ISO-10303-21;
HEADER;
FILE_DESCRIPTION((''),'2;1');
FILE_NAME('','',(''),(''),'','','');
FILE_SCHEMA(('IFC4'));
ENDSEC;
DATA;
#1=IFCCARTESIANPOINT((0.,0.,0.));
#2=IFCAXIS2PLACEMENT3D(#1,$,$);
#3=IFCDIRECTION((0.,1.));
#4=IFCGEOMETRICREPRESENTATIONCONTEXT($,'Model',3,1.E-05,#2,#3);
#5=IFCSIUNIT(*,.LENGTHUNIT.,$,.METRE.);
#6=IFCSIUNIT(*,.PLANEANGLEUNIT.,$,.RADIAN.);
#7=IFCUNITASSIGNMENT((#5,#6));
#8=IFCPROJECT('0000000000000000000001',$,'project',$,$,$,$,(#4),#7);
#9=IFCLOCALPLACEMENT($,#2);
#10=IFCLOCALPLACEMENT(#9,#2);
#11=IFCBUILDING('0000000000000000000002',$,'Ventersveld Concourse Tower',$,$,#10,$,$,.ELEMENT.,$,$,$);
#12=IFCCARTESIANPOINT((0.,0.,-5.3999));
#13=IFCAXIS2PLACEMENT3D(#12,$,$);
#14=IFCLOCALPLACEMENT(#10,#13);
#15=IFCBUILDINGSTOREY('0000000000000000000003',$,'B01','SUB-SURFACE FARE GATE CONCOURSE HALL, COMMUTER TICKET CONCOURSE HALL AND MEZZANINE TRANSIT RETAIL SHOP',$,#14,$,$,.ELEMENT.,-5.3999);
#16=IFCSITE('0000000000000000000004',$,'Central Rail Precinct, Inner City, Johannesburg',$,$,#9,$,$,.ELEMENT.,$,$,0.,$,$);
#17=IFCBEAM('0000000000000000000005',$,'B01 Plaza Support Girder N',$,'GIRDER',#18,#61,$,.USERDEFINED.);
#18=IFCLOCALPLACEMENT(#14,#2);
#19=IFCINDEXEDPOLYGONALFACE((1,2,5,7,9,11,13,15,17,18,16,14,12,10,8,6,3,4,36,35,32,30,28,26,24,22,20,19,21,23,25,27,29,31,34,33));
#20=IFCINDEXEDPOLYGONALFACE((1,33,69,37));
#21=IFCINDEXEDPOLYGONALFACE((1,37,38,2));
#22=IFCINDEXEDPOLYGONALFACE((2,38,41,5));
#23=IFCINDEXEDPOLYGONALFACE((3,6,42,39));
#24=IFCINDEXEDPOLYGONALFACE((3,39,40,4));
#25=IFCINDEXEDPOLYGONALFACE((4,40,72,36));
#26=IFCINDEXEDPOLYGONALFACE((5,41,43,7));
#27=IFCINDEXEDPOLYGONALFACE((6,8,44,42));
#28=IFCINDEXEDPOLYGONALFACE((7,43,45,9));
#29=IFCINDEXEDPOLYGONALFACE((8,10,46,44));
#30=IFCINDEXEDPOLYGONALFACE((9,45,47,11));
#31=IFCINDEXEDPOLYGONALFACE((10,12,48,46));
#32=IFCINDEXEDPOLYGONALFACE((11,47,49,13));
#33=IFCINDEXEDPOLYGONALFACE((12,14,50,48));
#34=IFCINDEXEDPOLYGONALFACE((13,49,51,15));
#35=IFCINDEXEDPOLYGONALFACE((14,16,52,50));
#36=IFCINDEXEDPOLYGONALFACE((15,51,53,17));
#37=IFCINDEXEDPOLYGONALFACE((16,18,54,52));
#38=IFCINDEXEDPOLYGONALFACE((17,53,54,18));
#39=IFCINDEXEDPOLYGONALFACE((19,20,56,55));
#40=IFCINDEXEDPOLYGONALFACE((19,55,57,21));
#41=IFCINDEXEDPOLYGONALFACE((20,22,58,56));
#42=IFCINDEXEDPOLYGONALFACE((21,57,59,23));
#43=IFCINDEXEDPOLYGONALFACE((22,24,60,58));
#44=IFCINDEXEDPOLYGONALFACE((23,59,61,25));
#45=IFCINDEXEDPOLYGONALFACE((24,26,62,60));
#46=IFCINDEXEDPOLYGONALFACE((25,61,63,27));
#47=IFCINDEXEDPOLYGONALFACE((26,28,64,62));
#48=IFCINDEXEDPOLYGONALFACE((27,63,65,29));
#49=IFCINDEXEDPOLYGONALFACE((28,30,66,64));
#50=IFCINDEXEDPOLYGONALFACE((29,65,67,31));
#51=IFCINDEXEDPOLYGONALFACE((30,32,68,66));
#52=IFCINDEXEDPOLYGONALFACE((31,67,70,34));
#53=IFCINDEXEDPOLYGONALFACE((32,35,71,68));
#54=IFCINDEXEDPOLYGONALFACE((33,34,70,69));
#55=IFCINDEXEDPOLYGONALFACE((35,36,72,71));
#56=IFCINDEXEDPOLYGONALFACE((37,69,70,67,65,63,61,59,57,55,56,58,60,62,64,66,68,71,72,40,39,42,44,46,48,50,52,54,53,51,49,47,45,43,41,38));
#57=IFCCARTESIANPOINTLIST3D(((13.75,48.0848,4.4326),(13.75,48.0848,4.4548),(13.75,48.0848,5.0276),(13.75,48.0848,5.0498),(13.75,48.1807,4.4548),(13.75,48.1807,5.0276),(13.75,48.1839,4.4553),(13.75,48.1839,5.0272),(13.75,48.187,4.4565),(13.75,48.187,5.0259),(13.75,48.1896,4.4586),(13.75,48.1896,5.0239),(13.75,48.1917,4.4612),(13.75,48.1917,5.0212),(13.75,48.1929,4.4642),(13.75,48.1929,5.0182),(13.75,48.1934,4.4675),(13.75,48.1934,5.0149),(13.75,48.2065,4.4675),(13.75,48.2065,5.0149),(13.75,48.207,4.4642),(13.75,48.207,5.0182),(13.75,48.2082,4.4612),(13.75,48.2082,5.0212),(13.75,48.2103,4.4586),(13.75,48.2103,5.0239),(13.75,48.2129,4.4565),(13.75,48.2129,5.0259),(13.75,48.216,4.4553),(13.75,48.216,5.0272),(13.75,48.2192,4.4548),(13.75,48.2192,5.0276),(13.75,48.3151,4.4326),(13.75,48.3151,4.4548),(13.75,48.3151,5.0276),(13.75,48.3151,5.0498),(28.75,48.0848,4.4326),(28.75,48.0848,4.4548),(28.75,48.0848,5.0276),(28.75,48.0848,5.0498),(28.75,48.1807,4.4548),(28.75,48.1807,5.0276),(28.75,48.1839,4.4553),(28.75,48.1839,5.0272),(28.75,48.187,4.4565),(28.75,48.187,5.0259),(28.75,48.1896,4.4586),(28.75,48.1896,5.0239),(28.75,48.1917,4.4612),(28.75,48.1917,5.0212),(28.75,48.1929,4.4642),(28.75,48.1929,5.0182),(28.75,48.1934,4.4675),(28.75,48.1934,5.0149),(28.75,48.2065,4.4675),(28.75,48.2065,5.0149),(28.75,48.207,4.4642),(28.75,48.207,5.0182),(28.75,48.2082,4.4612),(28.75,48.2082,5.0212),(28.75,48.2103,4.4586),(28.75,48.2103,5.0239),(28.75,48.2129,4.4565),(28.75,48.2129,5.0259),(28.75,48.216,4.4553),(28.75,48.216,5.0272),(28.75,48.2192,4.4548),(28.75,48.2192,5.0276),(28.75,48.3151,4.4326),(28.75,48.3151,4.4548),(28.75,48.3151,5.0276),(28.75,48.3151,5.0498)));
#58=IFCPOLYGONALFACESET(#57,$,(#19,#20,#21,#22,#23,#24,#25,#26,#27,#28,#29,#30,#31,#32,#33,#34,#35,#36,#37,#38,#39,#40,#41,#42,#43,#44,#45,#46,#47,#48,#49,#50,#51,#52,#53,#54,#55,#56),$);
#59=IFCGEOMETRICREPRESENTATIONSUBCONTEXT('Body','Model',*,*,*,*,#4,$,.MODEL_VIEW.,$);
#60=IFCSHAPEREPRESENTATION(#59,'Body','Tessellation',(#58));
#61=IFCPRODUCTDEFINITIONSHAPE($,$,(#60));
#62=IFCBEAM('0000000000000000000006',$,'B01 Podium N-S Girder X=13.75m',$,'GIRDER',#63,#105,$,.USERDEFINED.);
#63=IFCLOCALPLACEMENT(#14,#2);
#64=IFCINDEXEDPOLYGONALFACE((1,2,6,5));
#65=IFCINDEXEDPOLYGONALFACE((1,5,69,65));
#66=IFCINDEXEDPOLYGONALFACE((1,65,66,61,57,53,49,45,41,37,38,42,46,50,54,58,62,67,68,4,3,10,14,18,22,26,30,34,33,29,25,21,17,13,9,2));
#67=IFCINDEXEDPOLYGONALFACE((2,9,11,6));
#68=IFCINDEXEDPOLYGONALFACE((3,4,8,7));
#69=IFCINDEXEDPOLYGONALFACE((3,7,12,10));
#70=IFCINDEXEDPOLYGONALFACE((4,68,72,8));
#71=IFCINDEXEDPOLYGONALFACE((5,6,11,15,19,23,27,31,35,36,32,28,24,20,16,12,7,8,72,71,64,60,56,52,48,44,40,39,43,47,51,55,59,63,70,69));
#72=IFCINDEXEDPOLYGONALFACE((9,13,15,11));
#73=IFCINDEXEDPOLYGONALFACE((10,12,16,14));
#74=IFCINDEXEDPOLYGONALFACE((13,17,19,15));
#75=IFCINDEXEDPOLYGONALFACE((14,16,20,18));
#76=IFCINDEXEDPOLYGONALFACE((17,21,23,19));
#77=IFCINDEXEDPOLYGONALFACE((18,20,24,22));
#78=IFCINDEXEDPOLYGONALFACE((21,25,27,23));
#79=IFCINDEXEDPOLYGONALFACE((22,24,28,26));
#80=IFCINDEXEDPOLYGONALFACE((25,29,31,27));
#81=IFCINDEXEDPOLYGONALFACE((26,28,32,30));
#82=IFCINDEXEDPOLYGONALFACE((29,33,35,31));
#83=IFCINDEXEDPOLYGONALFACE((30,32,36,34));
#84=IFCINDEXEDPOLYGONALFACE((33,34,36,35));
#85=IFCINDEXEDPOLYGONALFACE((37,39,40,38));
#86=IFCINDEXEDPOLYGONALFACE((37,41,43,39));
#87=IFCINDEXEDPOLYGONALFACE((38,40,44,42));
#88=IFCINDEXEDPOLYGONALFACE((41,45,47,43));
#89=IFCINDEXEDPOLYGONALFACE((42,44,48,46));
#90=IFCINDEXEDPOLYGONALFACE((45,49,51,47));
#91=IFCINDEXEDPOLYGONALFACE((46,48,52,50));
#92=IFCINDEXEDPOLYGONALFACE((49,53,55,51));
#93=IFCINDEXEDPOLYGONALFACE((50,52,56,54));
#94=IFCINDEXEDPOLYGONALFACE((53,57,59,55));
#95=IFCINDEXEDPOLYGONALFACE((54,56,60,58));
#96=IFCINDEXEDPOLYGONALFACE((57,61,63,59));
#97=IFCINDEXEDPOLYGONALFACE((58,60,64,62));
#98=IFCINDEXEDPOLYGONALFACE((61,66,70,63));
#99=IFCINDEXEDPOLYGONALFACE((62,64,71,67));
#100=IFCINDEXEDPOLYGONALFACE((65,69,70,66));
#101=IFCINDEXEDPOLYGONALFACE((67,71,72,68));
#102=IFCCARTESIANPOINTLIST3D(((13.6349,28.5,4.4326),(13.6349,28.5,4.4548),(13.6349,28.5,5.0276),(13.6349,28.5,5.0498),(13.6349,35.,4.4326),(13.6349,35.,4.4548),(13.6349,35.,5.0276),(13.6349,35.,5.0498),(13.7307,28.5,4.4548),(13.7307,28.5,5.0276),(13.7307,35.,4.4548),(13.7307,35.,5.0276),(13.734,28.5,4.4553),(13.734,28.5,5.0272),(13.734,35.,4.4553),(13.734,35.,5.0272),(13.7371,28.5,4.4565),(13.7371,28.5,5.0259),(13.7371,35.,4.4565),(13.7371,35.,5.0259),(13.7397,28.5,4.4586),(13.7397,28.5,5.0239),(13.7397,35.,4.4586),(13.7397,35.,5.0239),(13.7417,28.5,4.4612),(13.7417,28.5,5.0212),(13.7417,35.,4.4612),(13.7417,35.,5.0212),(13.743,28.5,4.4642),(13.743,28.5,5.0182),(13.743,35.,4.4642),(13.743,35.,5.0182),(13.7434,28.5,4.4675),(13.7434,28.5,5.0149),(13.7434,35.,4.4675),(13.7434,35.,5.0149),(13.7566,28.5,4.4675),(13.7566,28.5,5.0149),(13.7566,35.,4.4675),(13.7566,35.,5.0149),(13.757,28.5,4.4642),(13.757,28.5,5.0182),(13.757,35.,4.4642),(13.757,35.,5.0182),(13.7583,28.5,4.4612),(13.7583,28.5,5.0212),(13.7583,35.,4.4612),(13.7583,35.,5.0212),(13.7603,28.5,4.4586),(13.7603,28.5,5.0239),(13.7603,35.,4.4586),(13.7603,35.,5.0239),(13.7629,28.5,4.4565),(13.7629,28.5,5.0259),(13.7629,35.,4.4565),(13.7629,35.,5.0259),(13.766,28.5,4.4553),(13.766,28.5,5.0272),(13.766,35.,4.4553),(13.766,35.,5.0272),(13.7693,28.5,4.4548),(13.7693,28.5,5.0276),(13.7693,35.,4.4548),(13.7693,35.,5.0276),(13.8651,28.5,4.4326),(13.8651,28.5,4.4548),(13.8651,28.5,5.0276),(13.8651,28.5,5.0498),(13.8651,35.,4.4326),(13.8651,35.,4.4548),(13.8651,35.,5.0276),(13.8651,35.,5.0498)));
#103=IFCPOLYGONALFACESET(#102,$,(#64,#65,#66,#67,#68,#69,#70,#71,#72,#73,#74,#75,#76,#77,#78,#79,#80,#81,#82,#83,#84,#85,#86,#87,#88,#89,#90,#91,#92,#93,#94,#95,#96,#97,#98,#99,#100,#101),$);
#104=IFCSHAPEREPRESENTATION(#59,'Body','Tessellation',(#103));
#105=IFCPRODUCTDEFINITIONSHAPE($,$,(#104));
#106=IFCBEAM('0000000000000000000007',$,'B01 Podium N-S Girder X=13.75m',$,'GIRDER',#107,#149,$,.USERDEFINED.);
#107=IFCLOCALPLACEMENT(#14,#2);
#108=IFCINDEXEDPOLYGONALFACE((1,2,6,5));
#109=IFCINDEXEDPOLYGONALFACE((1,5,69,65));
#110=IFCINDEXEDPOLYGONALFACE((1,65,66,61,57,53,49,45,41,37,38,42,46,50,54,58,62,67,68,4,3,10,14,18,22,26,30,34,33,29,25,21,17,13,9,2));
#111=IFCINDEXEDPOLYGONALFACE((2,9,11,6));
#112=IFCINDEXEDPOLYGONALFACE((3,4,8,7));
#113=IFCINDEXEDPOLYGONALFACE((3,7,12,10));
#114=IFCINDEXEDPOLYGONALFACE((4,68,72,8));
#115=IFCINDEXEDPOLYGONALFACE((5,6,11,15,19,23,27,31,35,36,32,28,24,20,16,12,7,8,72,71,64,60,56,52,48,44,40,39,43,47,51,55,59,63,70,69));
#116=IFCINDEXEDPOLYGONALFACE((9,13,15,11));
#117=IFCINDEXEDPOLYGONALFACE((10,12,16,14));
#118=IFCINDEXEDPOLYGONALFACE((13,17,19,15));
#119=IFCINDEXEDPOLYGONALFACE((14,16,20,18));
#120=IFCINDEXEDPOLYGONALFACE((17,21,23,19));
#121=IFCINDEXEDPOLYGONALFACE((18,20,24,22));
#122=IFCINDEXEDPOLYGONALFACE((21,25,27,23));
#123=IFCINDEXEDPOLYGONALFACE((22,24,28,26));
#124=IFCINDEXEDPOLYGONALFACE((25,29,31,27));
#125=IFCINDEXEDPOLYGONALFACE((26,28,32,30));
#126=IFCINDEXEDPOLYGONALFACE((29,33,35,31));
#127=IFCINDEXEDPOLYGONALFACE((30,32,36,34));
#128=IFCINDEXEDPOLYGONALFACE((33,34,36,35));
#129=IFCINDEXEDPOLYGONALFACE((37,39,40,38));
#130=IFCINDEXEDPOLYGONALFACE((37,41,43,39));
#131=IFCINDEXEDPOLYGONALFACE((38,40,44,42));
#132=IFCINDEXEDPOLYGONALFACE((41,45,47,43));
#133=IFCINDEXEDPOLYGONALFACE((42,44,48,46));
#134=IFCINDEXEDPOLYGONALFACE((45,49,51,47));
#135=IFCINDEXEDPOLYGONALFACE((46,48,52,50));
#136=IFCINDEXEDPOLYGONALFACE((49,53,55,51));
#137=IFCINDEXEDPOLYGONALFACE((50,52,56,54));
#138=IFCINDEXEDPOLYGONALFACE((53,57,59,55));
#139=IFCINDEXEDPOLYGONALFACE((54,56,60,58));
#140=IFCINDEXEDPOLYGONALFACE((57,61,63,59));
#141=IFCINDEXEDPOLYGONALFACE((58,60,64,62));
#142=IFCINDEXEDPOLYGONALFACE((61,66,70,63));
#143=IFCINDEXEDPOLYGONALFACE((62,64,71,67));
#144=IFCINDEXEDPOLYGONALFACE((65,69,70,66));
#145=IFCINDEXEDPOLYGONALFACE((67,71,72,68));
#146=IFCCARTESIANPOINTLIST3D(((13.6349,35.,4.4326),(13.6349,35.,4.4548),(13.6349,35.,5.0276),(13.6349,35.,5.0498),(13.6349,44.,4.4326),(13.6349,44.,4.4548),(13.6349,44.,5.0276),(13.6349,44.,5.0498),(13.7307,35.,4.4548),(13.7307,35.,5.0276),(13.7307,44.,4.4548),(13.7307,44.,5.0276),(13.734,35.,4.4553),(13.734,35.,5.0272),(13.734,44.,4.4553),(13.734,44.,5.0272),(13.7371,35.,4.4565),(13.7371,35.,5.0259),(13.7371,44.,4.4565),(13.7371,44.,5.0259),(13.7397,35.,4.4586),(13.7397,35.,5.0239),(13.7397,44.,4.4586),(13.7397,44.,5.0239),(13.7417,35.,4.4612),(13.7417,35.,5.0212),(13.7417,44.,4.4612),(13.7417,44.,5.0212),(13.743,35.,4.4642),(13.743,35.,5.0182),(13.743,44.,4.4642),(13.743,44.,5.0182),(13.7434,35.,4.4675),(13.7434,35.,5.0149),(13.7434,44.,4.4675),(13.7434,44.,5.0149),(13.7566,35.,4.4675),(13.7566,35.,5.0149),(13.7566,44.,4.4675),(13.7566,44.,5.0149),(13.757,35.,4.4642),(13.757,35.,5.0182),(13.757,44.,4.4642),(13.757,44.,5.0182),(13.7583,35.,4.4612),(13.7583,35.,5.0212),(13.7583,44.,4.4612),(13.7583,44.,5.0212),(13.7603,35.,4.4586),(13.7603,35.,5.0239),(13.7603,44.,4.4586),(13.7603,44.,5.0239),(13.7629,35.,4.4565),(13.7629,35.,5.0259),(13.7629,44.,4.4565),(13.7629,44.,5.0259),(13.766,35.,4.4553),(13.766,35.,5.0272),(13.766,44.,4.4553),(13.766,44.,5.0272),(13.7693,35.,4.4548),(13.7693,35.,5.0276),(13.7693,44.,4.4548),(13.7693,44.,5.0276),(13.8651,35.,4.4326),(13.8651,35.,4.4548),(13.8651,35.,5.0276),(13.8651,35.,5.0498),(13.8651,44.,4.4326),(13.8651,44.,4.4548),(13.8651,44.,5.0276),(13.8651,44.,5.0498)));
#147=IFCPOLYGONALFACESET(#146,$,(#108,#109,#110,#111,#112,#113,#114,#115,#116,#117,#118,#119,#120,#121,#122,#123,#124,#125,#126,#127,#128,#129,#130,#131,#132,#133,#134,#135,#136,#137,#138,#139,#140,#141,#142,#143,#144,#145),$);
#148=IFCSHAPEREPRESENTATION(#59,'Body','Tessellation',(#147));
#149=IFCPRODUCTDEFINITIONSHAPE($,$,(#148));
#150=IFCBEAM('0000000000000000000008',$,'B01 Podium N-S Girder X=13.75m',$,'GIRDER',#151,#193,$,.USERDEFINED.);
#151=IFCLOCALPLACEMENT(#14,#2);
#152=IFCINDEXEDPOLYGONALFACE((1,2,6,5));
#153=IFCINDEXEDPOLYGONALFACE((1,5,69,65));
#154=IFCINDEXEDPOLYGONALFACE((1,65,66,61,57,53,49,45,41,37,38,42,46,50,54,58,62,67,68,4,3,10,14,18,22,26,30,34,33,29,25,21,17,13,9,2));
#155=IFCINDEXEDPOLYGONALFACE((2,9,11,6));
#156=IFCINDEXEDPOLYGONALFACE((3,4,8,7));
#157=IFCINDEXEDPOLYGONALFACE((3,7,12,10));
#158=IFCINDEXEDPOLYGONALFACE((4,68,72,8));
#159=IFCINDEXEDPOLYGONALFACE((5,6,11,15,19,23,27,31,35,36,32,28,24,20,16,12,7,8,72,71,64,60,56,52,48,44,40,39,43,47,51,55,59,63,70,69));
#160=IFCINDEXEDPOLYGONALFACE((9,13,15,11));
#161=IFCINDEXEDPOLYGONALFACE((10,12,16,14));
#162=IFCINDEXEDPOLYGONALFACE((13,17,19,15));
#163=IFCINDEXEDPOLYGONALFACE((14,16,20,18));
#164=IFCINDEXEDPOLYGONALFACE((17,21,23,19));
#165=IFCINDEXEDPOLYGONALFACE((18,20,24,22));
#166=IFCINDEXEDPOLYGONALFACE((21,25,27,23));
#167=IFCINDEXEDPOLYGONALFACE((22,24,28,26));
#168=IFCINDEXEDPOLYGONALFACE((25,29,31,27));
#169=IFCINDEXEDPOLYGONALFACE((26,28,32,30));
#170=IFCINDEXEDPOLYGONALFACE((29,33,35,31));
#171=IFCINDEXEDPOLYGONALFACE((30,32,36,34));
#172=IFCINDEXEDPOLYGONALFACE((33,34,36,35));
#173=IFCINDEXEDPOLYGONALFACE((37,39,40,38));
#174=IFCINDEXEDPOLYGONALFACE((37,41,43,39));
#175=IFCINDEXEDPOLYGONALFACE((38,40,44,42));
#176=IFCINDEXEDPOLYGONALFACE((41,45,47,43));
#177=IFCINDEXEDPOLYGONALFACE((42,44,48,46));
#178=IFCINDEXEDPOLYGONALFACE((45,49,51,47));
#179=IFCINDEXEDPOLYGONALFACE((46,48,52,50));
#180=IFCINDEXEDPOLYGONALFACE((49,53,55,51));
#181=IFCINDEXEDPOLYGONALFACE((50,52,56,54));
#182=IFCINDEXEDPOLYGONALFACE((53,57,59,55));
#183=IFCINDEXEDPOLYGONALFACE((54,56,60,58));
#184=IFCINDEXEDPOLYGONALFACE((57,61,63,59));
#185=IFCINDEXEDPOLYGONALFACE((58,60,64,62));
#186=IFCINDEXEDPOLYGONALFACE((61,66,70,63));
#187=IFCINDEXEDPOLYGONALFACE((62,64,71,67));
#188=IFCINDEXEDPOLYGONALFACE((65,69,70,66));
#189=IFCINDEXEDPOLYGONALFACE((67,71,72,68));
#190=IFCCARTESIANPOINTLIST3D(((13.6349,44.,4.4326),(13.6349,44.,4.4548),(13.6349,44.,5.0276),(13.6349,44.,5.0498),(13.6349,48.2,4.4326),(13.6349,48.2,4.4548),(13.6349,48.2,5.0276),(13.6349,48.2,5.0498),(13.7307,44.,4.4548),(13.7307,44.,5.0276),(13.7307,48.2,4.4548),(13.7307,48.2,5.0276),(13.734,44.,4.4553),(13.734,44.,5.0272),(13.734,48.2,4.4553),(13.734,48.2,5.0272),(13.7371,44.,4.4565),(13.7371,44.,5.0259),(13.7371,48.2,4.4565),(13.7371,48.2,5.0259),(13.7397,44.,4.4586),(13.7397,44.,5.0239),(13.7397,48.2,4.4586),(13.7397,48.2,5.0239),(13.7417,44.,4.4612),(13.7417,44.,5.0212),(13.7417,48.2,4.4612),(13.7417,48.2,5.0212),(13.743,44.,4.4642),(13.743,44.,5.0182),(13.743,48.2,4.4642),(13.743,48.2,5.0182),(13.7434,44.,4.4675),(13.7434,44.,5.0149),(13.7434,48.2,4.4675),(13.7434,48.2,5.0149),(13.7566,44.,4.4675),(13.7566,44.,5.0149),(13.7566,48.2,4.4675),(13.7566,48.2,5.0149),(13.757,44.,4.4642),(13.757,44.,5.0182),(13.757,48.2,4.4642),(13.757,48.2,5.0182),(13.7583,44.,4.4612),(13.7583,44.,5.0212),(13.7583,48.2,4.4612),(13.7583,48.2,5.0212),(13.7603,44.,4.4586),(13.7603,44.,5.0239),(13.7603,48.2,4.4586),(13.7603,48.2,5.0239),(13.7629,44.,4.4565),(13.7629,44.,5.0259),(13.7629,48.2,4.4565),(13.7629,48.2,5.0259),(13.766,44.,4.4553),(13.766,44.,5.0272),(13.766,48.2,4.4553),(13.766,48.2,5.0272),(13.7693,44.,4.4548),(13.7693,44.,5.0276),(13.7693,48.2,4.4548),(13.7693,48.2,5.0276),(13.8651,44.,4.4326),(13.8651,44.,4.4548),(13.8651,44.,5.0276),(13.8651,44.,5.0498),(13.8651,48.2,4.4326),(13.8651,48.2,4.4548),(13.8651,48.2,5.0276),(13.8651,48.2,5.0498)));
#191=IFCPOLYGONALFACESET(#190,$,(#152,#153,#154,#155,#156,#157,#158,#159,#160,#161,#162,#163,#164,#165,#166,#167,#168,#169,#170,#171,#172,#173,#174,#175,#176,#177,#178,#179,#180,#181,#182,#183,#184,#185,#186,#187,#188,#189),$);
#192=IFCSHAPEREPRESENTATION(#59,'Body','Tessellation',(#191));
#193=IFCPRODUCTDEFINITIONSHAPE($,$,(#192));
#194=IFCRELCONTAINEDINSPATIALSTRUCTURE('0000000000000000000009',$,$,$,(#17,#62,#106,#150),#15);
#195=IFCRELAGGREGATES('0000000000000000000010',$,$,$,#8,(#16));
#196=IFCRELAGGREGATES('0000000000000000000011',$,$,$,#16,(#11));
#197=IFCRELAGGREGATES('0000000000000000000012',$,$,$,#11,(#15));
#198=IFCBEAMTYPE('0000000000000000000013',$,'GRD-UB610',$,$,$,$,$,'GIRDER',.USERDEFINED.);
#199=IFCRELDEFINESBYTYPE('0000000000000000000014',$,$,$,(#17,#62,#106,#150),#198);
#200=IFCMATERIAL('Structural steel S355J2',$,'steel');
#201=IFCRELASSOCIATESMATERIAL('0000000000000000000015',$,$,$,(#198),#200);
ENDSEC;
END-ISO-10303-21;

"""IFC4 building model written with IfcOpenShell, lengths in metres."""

from ifc_helpers import new_model, si_unit, direction, frame, origin, origin_2d, place, context, subcontext, project, spatial, i_section, extrude, material, material_profile, profile_set, type_object, element, save


model = new_model("IFC4")

# Units and contexts
model_context = context("Model", 3, precision=1e-05, world=origin(), true_north=direction((0.0, 1.0)))
body_context = subcontext(model_context, "Body", "Model", "MODEL_VIEW")
ifc_project = project(units=[si_unit("LENGTHUNIT", "METRE"), si_unit("PLANEANGLEUNIT", "RADIAN")], contexts=[model_context])

# Site, building, storey
site_placement = place(None, origin())
site = spatial("IfcSite", under=ifc_project, at=site_placement, Name="Central Rail Precinct, Inner City, Johannesburg", CompositionType="ELEMENT", RefElevation=0.0)
building_placement = place(site_placement, origin())
building = spatial("IfcBuilding", under=site, at=building_placement, Name="Ventersveld Concourse Tower", CompositionType="ELEMENT")
storey_placement = place(building_placement, frame((0.0, 0.0, -5.3999)))
storey = spatial("IfcBuildingStorey", under=building, at=storey_placement, Name="B01", Description="SUB-SURFACE FARE GATE CONCOURSE HALL, COMMUTER TICKET CONCOURSE HALL AND MEZZANINE TRANSIT RETAIL SHOP", CompositionType="ELEMENT", Elevation=-5.3999)

# Beams
ifc_material_1 = material(Name="Structural steel S355J2", Category="steel")
ifc_material_profile_1 = material_profile(ifc_material_1, i_section(OverallWidth=0.2302, OverallDepth=0.6172, WebThickness=0.0132, FlangeThickness=0.0222, FilletRadius=0.0127, at=origin_2d()), Name="UB 610x229x140")
ifc_profile_set_1 = profile_set([ifc_material_profile_1], Name="Structural steel S355J2")
beam_type_1 = type_object("IfcBeamType", Name="GRD-UB610", ElementType="GIRDER", PredefinedType="USERDEFINED", material=ifc_profile_set_1)
beam_1_placement = place(storey_placement, frame((13.75, 48.2, 4.7412), z_axis=(1.0, 0.0, 0.0), x_axis=(0.0, 1.0, 0.0)))
element("IfcBeam", 1, at=beam_1_placement, inside=storey, type_object=beam_type_1, Name="B01 Plaza Support Girder N", ObjectType="GIRDER", PredefinedType="USERDEFINED", context=body_context, shape_type="SweptSolid", body=[
    extrude(i_section(OverallWidth=0.2302, OverallDepth=0.6172, WebThickness=0.0132, FlangeThickness=0.0222, FilletRadius=0.0127, at=origin_2d()), origin(), (0.0, 0.0, 1.0), 15.0),
])
beam_2_placement = place(storey_placement, frame((13.75, 28.5, 4.7412), z_axis=(0.0, 1.0, 0.0), x_axis=(-1.0, 0.0, 0.0)))
element("IfcBeam", 2, at=beam_2_placement, inside=storey, type_object=beam_type_1, Name="B01 Podium N-S Girder X=13.75m", ObjectType="GIRDER", PredefinedType="USERDEFINED", context=body_context, shape_type="SweptSolid", body=[
    extrude(i_section(OverallWidth=0.2302, OverallDepth=0.6172, WebThickness=0.0132, FlangeThickness=0.0222, FilletRadius=0.0127, at=origin_2d()), origin(), (0.0, 0.0, 1.0), 6.5),
])
beam_3_placement = place(storey_placement, frame((13.75, 35.0, 4.7412), z_axis=(0.0, 1.0, 0.0), x_axis=(-1.0, 0.0, 0.0)))
element("IfcBeam", 3, at=beam_3_placement, inside=storey, type_object=beam_type_1, Name="B01 Podium N-S Girder X=13.75m", ObjectType="GIRDER", PredefinedType="USERDEFINED", context=body_context, shape_type="SweptSolid", body=[
    extrude(i_section(OverallWidth=0.2302, OverallDepth=0.6172, WebThickness=0.0132, FlangeThickness=0.0222, FilletRadius=0.0127, at=origin_2d()), origin(), (0.0, 0.0, 1.0), 9.0),
])
beam_4_placement = place(storey_placement, frame((13.75, 44.0, 4.7412), z_axis=(0.0, 1.0, 0.0), x_axis=(-1.0, 0.0, 0.0)))
element("IfcBeam", 4, at=beam_4_placement, inside=storey, type_object=beam_type_1, Name="B01 Podium N-S Girder X=13.75m", ObjectType="GIRDER", PredefinedType="USERDEFINED", context=body_context, shape_type="SweptSolid", body=[
    extrude(i_section(OverallWidth=0.2302, OverallDepth=0.6172, WebThickness=0.0132, FlangeThickness=0.0222, FilletRadius=0.0127, at=origin_2d()), origin(), (0.0, 0.0, 1.0), 4.2),
])

save(model, "model.ifc")
